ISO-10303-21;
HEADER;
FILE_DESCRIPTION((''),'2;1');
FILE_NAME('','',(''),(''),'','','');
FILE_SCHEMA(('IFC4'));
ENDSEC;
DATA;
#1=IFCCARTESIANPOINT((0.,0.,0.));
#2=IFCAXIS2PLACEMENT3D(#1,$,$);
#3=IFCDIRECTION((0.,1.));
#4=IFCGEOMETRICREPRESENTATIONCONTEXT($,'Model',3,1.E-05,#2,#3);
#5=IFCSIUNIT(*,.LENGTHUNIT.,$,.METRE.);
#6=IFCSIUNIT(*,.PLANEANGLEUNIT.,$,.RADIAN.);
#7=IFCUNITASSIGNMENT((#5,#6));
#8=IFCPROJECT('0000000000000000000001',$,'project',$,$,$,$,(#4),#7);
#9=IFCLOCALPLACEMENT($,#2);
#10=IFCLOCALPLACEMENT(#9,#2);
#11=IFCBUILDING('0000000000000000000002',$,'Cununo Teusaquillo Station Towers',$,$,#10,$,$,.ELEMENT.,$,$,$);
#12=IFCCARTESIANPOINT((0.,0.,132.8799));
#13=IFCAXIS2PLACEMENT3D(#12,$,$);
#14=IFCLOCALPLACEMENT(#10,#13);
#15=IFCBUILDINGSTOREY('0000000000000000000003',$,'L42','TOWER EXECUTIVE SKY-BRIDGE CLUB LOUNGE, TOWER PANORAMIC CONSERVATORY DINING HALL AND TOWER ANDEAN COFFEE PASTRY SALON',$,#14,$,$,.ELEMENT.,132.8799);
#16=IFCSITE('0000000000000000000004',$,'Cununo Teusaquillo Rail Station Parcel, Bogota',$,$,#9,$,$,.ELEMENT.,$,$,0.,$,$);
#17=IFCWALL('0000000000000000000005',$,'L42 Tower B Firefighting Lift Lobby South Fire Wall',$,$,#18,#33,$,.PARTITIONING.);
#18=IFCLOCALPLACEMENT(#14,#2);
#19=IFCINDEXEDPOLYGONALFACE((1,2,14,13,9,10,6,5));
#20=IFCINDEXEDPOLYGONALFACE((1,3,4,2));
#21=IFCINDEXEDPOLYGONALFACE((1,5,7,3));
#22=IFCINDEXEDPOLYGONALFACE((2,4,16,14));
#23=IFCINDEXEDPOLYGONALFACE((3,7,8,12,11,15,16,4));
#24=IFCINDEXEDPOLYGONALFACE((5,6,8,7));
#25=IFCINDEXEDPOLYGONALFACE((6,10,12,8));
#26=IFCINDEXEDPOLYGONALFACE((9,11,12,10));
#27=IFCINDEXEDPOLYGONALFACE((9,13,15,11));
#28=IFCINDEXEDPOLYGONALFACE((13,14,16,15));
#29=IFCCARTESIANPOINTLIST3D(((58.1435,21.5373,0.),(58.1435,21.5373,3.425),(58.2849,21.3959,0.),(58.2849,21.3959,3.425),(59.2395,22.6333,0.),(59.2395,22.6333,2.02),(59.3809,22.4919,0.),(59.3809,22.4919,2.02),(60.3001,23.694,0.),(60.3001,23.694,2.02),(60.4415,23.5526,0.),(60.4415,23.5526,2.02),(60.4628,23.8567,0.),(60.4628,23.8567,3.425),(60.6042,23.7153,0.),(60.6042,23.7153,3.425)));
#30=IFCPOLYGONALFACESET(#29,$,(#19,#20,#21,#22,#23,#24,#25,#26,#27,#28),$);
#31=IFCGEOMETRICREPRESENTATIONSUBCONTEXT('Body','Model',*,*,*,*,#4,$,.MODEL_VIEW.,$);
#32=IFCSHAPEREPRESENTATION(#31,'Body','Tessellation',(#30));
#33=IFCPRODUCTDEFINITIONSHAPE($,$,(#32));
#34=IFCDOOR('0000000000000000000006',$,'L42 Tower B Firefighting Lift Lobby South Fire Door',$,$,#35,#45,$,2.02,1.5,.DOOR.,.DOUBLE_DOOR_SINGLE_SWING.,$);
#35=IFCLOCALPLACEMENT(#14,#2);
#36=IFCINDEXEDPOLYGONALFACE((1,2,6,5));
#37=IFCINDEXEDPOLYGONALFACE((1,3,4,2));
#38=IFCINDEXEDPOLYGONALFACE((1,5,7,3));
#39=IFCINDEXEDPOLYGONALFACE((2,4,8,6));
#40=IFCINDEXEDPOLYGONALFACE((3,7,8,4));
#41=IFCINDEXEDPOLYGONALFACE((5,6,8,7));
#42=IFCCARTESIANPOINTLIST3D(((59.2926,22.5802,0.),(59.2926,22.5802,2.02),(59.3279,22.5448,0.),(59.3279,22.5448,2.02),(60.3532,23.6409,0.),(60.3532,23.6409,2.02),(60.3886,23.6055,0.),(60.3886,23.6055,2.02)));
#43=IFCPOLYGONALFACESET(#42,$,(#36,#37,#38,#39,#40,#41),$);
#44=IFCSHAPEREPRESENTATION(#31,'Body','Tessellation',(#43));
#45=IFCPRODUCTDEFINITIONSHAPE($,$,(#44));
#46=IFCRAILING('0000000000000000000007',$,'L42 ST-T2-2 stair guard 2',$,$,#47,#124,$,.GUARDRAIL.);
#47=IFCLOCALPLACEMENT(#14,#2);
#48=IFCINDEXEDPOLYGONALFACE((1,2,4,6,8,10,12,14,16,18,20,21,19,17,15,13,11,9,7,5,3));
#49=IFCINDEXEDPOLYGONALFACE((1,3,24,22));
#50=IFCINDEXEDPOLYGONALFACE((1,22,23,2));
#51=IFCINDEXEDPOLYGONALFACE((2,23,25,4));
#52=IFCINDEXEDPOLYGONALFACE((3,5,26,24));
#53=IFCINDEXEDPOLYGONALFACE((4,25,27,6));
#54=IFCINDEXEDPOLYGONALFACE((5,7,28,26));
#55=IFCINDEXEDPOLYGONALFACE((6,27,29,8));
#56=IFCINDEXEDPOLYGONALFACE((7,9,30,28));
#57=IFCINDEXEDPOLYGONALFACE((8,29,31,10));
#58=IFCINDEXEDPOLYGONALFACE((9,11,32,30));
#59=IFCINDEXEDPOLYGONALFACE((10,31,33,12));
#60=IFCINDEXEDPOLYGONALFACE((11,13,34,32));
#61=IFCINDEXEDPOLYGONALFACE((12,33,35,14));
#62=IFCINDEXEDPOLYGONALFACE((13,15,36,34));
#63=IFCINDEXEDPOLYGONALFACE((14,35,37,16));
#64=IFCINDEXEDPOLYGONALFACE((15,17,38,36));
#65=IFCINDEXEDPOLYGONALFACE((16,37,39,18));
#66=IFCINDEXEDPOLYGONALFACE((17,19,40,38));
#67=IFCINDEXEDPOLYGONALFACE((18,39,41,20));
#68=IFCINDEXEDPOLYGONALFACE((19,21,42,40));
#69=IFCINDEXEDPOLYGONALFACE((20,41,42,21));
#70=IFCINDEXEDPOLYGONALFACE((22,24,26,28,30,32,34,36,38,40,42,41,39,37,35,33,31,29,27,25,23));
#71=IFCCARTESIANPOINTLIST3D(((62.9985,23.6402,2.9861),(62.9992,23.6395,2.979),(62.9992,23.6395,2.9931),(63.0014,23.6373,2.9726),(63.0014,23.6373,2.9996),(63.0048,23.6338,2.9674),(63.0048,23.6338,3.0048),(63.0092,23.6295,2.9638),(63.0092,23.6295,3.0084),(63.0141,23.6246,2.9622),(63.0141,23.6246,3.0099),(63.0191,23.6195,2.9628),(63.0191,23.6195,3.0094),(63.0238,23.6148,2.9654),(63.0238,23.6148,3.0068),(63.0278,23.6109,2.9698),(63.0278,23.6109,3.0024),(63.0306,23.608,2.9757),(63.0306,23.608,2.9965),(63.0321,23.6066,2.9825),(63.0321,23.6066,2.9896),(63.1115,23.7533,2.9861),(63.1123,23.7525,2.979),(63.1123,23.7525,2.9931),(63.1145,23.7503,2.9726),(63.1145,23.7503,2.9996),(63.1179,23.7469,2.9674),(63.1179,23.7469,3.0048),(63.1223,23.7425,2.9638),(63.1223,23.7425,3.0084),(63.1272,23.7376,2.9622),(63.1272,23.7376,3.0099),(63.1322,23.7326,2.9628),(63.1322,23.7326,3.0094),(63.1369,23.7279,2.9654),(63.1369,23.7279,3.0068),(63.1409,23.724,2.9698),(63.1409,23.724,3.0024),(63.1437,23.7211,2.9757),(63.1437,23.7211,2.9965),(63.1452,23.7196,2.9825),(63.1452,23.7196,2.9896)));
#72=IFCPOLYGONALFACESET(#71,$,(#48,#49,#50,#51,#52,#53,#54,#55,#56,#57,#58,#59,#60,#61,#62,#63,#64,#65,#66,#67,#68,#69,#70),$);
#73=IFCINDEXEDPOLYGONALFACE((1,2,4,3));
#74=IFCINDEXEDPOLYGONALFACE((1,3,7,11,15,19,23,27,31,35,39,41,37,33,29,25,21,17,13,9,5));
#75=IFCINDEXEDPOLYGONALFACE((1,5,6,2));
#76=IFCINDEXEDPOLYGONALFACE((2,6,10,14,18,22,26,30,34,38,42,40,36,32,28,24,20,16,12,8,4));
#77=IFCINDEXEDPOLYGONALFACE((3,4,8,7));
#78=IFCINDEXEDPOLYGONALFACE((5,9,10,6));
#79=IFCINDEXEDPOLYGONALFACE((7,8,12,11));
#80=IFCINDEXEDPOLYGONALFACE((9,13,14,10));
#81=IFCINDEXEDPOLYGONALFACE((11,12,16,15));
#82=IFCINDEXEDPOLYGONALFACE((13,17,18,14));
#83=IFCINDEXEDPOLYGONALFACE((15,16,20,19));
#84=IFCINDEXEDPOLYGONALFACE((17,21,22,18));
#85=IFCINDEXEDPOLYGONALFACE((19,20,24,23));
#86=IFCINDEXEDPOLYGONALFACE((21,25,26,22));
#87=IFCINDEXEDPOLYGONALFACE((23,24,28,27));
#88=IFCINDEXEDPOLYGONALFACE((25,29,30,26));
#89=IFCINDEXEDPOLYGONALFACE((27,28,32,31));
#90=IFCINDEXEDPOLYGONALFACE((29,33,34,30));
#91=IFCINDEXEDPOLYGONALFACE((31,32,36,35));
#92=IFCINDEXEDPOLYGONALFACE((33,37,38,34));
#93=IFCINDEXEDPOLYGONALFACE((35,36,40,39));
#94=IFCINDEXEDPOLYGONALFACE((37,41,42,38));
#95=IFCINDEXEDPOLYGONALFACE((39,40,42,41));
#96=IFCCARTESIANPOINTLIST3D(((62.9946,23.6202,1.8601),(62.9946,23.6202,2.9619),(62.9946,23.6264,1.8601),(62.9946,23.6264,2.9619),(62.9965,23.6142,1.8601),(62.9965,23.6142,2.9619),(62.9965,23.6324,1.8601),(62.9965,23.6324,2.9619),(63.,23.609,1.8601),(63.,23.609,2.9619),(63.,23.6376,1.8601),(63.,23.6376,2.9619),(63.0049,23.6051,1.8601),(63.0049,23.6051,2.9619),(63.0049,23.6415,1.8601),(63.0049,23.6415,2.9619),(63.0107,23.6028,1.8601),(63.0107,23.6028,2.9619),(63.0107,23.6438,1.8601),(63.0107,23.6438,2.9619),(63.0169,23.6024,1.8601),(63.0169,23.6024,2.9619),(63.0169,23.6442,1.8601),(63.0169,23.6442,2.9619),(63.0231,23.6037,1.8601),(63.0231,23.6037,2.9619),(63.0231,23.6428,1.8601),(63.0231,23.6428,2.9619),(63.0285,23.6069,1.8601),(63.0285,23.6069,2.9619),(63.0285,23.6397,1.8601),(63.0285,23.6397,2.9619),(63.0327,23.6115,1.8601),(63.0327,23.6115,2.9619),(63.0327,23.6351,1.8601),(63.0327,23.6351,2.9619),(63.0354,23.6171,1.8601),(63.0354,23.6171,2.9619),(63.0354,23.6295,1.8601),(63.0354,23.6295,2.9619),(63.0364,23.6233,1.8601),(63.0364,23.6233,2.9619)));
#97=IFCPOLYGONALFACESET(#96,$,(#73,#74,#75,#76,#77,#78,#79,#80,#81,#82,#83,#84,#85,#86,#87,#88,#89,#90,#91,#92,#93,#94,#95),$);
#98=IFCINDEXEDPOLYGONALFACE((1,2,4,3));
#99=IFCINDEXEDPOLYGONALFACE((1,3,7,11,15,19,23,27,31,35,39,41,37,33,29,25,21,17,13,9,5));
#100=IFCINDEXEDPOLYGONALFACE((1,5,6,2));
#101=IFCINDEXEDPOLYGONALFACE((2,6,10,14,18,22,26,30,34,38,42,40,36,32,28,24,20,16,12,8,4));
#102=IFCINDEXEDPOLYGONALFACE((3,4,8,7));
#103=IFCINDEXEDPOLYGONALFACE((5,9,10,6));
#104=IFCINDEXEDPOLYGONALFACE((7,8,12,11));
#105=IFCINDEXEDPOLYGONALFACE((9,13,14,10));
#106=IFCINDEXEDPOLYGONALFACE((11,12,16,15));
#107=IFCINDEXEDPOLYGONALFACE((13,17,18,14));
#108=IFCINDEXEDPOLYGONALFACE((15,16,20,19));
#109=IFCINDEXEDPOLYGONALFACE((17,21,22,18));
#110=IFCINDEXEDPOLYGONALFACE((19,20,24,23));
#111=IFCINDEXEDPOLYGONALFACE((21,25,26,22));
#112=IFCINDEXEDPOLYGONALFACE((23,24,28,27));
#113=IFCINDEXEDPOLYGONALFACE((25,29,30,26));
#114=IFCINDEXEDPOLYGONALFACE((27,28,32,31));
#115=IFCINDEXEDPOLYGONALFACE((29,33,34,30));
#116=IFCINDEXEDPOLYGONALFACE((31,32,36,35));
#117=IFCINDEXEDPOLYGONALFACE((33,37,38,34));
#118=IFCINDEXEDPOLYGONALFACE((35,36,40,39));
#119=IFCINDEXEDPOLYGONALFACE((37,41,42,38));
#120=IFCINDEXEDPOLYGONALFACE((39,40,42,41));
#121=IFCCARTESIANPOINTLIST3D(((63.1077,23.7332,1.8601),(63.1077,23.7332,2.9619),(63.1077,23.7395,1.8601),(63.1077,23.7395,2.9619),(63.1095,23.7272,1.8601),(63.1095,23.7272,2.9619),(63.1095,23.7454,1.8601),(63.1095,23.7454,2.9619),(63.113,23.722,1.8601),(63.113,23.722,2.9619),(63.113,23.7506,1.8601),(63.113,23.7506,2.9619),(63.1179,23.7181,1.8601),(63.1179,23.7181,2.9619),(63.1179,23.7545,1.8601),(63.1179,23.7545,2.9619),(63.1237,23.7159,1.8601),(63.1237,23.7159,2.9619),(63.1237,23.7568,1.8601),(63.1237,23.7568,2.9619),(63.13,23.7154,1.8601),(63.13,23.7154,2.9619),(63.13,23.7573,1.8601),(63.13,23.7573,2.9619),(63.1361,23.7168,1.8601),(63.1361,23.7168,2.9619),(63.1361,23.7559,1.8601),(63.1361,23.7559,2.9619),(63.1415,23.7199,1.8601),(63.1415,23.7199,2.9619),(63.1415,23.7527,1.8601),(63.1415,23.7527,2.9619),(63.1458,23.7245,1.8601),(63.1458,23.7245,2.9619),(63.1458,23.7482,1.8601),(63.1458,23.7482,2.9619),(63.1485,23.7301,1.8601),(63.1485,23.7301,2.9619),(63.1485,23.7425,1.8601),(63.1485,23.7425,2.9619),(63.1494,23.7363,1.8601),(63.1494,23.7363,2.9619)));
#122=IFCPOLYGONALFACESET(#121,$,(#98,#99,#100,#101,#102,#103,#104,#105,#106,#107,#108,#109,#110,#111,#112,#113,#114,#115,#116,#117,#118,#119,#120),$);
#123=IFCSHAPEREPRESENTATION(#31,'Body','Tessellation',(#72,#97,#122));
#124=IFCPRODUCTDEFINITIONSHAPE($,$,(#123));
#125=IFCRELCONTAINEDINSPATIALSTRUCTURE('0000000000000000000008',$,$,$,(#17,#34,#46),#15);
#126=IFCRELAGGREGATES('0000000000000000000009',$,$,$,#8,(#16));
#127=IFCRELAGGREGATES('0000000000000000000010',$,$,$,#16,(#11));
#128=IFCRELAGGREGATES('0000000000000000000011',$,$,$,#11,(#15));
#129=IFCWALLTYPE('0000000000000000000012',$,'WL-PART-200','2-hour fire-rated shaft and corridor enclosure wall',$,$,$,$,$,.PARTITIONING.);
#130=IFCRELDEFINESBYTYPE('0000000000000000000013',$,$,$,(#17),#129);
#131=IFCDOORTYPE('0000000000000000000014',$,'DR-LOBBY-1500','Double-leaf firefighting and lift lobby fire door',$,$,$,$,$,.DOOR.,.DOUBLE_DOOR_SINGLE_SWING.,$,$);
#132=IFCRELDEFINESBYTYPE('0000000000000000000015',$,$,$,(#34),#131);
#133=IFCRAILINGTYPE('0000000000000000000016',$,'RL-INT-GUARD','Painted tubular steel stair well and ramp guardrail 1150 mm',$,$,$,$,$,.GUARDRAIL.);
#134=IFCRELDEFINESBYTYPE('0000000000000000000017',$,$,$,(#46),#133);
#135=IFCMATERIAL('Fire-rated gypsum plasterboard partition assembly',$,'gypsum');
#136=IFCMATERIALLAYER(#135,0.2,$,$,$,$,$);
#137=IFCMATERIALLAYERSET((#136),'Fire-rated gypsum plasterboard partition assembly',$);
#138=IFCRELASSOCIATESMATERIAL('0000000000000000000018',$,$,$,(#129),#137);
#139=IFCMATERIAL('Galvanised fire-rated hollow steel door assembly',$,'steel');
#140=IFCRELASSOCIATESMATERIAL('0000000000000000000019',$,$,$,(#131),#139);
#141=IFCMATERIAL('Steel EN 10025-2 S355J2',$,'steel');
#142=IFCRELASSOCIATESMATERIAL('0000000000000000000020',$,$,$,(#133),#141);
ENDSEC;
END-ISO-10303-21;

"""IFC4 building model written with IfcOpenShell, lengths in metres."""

from ifc_helpers import new_model, si_unit, direction, frame, frame_2d, origin, origin_2d, place, context, subcontext, project, spatial, rectangle, circle, extrude, source, transform, mapped, material, layer, layer_set, type_object, element, fill, save


model = new_model("IFC4")

# Units and contexts
model_context = context("Model", 3, precision=1e-05, world=origin(), true_north=direction((0.0, 1.0)))
body_context = subcontext(model_context, "Body", "Model", "MODEL_VIEW")
ifc_project = project(units=[si_unit("LENGTHUNIT", "METRE"), si_unit("PLANEANGLEUNIT", "RADIAN")], contexts=[model_context])

# Site, building, storey
site_placement = place(None, origin())
site = spatial("IfcSite", under=ifc_project, at=site_placement, Name="Cununo Teusaquillo Rail Station Parcel, Bogota", CompositionType="ELEMENT", RefElevation=0.0)
building_placement = place(site_placement, origin())
building = spatial("IfcBuilding", under=site, at=building_placement, Name="Cununo Teusaquillo Station Towers", CompositionType="ELEMENT")
storey_placement = place(building_placement, frame((0.0, 0.0, 132.8799)))
storey = spatial("IfcBuildingStorey", under=building, at=storey_placement, Name="L42", Description="TOWER EXECUTIVE SKY-BRIDGE CLUB LOUNGE, TOWER PANORAMIC CONSERVATORY DINING HALL AND TOWER ANDEAN COFFEE PASTRY SALON", CompositionType="ELEMENT", Elevation=132.8799)

# Wall, opening, door
ifc_material_1 = material(Name="Fire-rated gypsum plasterboard partition assembly", Category="gypsum")
ifc_layer_1 = layer(ifc_material_1, 0.2)
ifc_layer_set_1 = layer_set([ifc_layer_1], Name="Fire-rated gypsum plasterboard partition assembly")
wall_type_1 = type_object("IfcWallType", Name="WL-PART-200", Description="2-hour fire-rated shaft and corridor enclosure wall", PredefinedType="PARTITIONING", material=ifc_layer_set_1)
wall_1_placement = place(storey_placement, frame((58.2141, 21.4666, 0.0), z_axis=(0.0, 0.0, 1.0), x_axis=(0.707107, 0.707107, 0.0)))
wall_1 = element("IfcWall", 1, at=wall_1_placement, inside=storey, type_object=wall_type_1, Name="L42 Tower B Firefighting Lift Lobby South Fire Wall", PredefinedType="PARTITIONING", context=body_context, shape_type="SweptSolid", body=[
    extrude(rectangle(XDim=3.28, YDim=0.2, at=frame_2d((1.6401, 0.0))), origin(), (0.0, 0.0, 1.0), 3.425),
])
shared_shape_1 = source(origin(), body_context, "Body", "SweptSolid", [
    extrude(rectangle(XDim=1.5, YDim=2.02, at=frame_2d((0.75, 1.01))), frame((0.0, 0.1099, 0.0), z_axis=(0.0, -1.0, 0.0), x_axis=(1.0, 0.0, 0.0)), (0.0, 0.0, 1.0), 0.22),
])
opening_1_placement = place(wall_1_placement, frame((1.55, 0.0, 0.0)))
opening_1 = element("IfcOpeningElement", 2, at=opening_1_placement, cuts=wall_1, PredefinedType="OPENING", context=body_context, shape_type="MappedRepresentation", body=[
    mapped(shared_shape_1, transform((0.0, 0.0, 0.0), x_axis=(1.0, 0.0, 0.0), y_axis=(0.0, 1.0, 0.0), z_axis=(0.0, 0.0, 1.0), scale=1.0)),
])
ifc_material_2 = material(Name="Galvanised fire-rated hollow steel door assembly", Category="steel")
door_type_1 = type_object("IfcDoorType", Name="DR-LOBBY-1500", Description="Double-leaf firefighting and lift lobby fire door", OperationType="DOUBLE_DOOR_SINGLE_SWING", PredefinedType="DOOR", material=ifc_material_2)
shared_shape_2 = source(origin(), body_context, "Body", "SweptSolid", [
    extrude(rectangle(XDim=1.5, YDim=2.02, at=frame_2d((0.75, 1.01))), frame((0.0, 0.0249, 0.0), z_axis=(0.0, -1.0, 0.0), x_axis=(1.0, 0.0, 0.0)), (0.0, 0.0, 1.0), 0.05),
])
door_1_placement = place(opening_1_placement, origin())
door_1 = element("IfcDoor", 3, at=door_1_placement, inside=storey, type_object=door_type_1, Name="L42 Tower B Firefighting Lift Lobby South Fire Door", OperationType="DOUBLE_DOOR_SINGLE_SWING", OverallHeight=2.02, OverallWidth=1.5, PredefinedType="DOOR", context=body_context, shape_type="MappedRepresentation", body=[
    mapped(shared_shape_2, transform((0.0, 0.0, 0.0), x_axis=(1.0, 0.0, 0.0), y_axis=(0.0, 1.0, 0.0), z_axis=(0.0, 0.0, 1.0), scale=1.0)),
])
fill(opening_1, door_1)

# Railing
ifc_material_3 = material(Name="Steel EN 10025-2 S355J2", Category="steel")
railing_type = type_object("IfcRailingType", Name="RL-INT-GUARD", Description="Painted tubular steel stair well and ramp guardrail 1150 mm", PredefinedType="GUARDRAIL", material=ifc_material_3)
railing_1_placement = place(storey_placement, frame((63.0154, 23.6233, 1.8601)))
element("IfcRailing", 4, at=railing_1_placement, inside=storey, type_object=railing_type, Name="L42 ST-T2-2 stair guard 2", PredefinedType="GUARDRAIL", context=body_context, shape_type="SweptSolid", body=[
    extrude(circle(Radius=0.0239, at=origin_2d()), frame((0.0, 0.0, 1.126), z_axis=(0.707107, 0.707107, 0.0), x_axis=(-0.707107, 0.707107, 0.0)), (0.0, 0.0, 1.0), 0.1599),
    extrude(circle(Radius=0.021, at=origin_2d()), origin(), (0.0, 0.0, 1.0), 1.1018),
    extrude(circle(Radius=0.021, at=origin_2d()), frame((0.113, 0.113, 0.0)), (0.0, 0.0, 1.0), 1.1018),
])

save(model, "model.ifc")
